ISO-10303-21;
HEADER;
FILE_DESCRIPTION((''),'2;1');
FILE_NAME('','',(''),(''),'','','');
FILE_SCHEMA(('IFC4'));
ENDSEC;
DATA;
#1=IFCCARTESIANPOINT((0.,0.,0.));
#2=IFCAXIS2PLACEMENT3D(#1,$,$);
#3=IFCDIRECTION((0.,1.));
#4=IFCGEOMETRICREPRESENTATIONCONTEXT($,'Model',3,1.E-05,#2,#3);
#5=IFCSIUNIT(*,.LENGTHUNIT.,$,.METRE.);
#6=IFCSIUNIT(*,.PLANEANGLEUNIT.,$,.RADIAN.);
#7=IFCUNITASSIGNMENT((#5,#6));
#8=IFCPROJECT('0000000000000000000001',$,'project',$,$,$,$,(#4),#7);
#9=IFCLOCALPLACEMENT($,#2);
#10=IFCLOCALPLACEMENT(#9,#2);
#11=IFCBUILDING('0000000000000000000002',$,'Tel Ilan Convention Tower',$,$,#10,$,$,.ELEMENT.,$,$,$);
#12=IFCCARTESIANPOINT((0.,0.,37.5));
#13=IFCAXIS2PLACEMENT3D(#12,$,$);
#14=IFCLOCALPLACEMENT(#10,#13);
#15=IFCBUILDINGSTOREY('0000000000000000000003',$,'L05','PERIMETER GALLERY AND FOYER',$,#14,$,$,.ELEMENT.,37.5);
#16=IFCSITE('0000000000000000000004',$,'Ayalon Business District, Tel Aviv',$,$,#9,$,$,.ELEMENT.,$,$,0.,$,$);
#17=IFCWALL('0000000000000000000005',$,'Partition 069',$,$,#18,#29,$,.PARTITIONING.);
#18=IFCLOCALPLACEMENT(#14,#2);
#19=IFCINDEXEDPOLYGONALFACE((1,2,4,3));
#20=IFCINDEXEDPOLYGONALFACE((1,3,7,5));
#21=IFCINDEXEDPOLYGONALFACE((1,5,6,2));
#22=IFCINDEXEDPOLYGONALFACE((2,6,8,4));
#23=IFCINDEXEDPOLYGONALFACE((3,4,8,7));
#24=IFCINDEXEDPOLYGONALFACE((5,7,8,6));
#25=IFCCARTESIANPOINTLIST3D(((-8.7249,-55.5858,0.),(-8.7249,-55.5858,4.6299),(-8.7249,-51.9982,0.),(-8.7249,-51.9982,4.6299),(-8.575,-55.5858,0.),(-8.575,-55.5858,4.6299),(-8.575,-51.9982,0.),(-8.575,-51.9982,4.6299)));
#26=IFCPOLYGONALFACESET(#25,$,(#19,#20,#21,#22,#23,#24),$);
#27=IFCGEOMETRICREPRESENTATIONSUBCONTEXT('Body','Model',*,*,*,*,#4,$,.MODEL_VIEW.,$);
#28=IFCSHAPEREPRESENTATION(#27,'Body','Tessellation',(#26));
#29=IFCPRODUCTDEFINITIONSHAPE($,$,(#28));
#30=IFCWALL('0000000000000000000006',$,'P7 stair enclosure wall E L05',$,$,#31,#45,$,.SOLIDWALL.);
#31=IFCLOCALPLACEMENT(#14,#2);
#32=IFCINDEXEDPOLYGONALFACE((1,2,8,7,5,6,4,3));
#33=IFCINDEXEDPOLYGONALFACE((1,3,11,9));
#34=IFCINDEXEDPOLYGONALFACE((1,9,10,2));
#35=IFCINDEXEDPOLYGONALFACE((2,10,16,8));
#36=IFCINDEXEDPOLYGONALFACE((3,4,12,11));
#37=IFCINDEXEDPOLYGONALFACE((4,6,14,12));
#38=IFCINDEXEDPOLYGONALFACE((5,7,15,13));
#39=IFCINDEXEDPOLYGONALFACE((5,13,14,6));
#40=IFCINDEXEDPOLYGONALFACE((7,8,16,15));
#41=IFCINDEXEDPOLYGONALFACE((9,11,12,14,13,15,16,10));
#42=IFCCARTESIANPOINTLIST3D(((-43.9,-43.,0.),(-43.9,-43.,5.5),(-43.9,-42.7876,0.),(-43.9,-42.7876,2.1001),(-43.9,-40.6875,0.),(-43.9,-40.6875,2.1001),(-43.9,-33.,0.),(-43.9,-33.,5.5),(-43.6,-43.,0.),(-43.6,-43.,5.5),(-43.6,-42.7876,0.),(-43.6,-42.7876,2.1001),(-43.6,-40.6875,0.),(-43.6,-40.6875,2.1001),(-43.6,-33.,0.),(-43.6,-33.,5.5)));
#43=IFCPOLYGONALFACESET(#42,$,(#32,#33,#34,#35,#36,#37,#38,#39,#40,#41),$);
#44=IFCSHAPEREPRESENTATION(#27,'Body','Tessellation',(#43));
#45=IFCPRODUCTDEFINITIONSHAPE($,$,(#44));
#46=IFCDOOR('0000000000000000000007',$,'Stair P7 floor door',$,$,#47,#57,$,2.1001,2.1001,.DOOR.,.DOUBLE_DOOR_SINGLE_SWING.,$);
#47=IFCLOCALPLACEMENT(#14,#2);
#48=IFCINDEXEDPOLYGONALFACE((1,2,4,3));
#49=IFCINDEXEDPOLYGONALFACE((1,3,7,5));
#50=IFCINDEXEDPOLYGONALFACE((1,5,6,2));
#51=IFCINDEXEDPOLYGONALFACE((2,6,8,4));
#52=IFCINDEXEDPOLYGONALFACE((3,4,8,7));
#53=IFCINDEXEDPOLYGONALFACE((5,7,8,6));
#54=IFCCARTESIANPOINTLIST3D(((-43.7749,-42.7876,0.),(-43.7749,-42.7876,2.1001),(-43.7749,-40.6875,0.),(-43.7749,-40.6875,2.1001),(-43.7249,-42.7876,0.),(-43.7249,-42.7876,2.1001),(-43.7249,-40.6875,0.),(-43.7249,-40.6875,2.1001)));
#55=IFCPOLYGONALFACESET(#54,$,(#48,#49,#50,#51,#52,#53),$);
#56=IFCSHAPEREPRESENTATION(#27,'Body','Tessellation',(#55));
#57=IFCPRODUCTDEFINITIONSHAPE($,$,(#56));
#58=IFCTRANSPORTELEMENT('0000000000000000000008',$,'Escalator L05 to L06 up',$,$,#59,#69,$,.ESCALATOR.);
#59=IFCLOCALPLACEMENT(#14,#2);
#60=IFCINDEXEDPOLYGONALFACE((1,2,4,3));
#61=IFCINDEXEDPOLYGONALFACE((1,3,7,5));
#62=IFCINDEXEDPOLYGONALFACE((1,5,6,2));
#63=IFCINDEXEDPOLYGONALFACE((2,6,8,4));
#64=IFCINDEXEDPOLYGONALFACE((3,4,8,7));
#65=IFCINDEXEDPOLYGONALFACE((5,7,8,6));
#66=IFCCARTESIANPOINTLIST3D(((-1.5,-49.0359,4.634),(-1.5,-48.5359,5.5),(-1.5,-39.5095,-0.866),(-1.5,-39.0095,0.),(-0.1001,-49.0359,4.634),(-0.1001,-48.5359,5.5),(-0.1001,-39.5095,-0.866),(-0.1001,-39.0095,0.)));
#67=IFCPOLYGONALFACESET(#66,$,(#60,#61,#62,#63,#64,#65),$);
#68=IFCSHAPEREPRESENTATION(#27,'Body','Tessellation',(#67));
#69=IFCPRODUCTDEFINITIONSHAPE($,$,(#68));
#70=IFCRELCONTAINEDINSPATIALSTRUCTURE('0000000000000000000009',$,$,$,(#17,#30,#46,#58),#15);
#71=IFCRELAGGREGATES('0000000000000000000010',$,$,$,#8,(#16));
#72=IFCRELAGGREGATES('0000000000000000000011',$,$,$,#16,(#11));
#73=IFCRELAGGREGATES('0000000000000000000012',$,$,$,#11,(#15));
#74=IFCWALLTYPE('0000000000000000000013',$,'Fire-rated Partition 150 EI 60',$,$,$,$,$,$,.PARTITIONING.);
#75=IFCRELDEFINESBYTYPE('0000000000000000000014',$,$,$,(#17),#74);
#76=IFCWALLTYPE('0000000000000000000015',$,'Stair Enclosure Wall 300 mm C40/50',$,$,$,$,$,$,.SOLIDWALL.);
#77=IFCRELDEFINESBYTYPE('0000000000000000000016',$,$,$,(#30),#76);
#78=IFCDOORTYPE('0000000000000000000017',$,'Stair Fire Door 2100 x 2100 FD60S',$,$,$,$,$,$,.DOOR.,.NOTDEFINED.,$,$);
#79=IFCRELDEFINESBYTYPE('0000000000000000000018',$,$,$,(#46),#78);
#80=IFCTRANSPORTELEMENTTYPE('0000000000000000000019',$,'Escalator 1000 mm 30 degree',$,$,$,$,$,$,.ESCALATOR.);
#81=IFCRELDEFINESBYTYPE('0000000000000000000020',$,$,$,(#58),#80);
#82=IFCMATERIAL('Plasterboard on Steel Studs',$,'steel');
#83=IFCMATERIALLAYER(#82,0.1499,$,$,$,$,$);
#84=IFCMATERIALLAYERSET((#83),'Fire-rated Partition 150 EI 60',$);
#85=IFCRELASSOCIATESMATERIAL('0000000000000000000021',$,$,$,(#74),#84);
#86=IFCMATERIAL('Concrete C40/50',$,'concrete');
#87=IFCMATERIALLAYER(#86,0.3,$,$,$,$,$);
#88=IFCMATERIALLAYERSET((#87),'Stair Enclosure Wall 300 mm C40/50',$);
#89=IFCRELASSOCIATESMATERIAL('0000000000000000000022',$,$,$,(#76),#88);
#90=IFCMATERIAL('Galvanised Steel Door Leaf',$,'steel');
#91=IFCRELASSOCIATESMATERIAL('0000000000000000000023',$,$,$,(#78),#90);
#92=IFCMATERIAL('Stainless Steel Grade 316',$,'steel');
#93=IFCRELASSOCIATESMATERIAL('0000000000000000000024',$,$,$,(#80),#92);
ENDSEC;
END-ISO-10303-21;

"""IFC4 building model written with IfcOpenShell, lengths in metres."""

from ifc_helpers import new_model, si_unit, direction, frame, frame_2d, origin, place, context, subcontext, project, spatial, polyline, rectangle, outline, extrude, material, layer, layer_set, type_object, element, fill, save


model = new_model("IFC4")

# Units and contexts
model_context = context("Model", 3, precision=1e-05, world=origin(), true_north=direction((0.0, 1.0)))
body_context = subcontext(model_context, "Body", "Model", "MODEL_VIEW")
ifc_project = project(units=[si_unit("LENGTHUNIT", "METRE"), si_unit("PLANEANGLEUNIT", "RADIAN")], contexts=[model_context])

# Site, building, storey
site_placement = place(None, origin())
site = spatial("IfcSite", under=ifc_project, at=site_placement, Name="Ayalon Business District, Tel Aviv", CompositionType="ELEMENT", RefElevation=0.0)
building_placement = place(site_placement, origin())
building = spatial("IfcBuilding", under=site, at=building_placement, Name="Tel Ilan Convention Tower", CompositionType="ELEMENT")
storey_placement = place(building_placement, frame((0.0, 0.0, 37.5)))
storey = spatial("IfcBuildingStorey", under=building, at=storey_placement, Name="L05", Description="PERIMETER GALLERY AND FOYER", CompositionType="ELEMENT", Elevation=37.5)

# Shared definitions
ifc_material_1 = material(Name="Plasterboard on Steel Studs", Category="steel")
ifc_layer_1 = layer(ifc_material_1, 0.1499)
ifc_layer_set_1 = layer_set([ifc_layer_1], Name="Fire-rated Partition 150 EI 60")
wall_type_1 = type_object("IfcWallType", Name="Fire-rated Partition 150 EI 60", PredefinedType="PARTITIONING", material=ifc_layer_set_1)

# Wall
wall_1_placement = place(storey_placement, frame((-8.6499, -55.5859, 0.0), z_axis=(0.0, 0.0, 1.0), x_axis=(0.0, 1.0, 0.0)))
element("IfcWall", 1, at=wall_1_placement, inside=storey, type_object=wall_type_1, Name="Partition 069", PredefinedType="PARTITIONING", context=body_context, shape_type="SweptSolid", body=[
    extrude(rectangle(XDim=3.5876, YDim=0.1499, at=frame_2d((1.7939, 0.0))), origin(), (0.0, 0.0, 1.0), 4.6299),
])

# Wall, opening, door
ifc_material_2 = material(Name="Concrete C40/50", Category="concrete")
ifc_layer_2 = layer(ifc_material_2, 0.3)
ifc_layer_set_2 = layer_set([ifc_layer_2], Name="Stair Enclosure Wall 300 mm C40/50")
wall_type_2 = type_object("IfcWallType", Name="Stair Enclosure Wall 300 mm C40/50", PredefinedType="SOLIDWALL", material=ifc_layer_set_2)
wall_2_placement = place(storey_placement, frame((-43.75, -43.0, 0.0), z_axis=(0.0, 0.0, 1.0), x_axis=(0.0, 1.0, 0.0)))
wall_2 = element("IfcWall", 2, at=wall_2_placement, inside=storey, type_object=wall_type_2, Name="P7 stair enclosure wall E L05", PredefinedType="SOLIDWALL", context=body_context, shape_type="SweptSolid", body=[
    extrude(rectangle(XDim=10.0, YDim=0.3, at=frame_2d((5.0, 0.0))), origin(), (0.0, 0.0, 1.0), 5.5),
])
opening_1_placement = place(wall_2_placement, frame((0.2124, 0.0, 0.0)))
opening_1 = element("IfcOpeningElement", 3, at=opening_1_placement, cuts=wall_2, PredefinedType="OPENING", context=body_context, shape_type="SweptSolid", body=[
    extrude(rectangle(XDim=2.1001, YDim=2.1001, at=frame_2d((1.05, 1.05))), frame((0.0, 0.1599, 0.0), z_axis=(0.0, -1.0, 0.0), x_axis=(1.0, 0.0, 0.0)), (0.0, 0.0, 1.0), 0.3201),
])
ifc_material_3 = material(Name="Galvanised Steel Door Leaf", Category="steel")
door_type_1 = type_object("IfcDoorType", Name="Stair Fire Door 2100 x 2100 FD60S", OperationType="NOTDEFINED", PredefinedType="DOOR", material=ifc_material_3)
door_1_placement = place(opening_1_placement, origin())
door_1 = element("IfcDoor", 4, at=door_1_placement, inside=storey, type_object=door_type_1, Name="Stair P7 floor door", OperationType="DOUBLE_DOOR_SINGLE_SWING", OverallHeight=2.1001, OverallWidth=2.1001, PredefinedType="DOOR", context=body_context, shape_type="SweptSolid", body=[
    extrude(rectangle(XDim=2.1001, YDim=2.1001, at=frame_2d((1.05, 1.05))), frame((0.0, 0.0249, 0.0), z_axis=(0.0, -1.0, 0.0), x_axis=(1.0, 0.0, 0.0)), (0.0, 0.0, 1.0), 0.05),
])
fill(opening_1, door_1)

# Transport element
ifc_material_4 = material(Name="Stainless Steel Grade 316", Category="steel")
transport_element_type = type_object("IfcTransportElementType", Name="Escalator 1000 mm 30 degree", PredefinedType="ESCALATOR", material=ifc_material_4)
transport_element_placement = place(storey_placement, frame((-1.5, -39.0095, 0.0), z_axis=(0.0, 0.499997, 0.866027), x_axis=(1.0, 0.0, 0.0)))
element("IfcTransportElement", 5, at=transport_element_placement, inside=storey, type_object=transport_element_type, Name="Escalator L05 to L06 up", PredefinedType="ESCALATOR", context=body_context, shape_type="SweptSolid", body=[
    extrude(outline(polyline([(0.0, 0.0), (1.3999, 0.0), (1.3999, -11.0001), (0.0, -11.0001), (0.0, 0.0)])), origin(), (0.0, 0.0, -1.0), 1.0),
])

save(model, "model.ifc")
